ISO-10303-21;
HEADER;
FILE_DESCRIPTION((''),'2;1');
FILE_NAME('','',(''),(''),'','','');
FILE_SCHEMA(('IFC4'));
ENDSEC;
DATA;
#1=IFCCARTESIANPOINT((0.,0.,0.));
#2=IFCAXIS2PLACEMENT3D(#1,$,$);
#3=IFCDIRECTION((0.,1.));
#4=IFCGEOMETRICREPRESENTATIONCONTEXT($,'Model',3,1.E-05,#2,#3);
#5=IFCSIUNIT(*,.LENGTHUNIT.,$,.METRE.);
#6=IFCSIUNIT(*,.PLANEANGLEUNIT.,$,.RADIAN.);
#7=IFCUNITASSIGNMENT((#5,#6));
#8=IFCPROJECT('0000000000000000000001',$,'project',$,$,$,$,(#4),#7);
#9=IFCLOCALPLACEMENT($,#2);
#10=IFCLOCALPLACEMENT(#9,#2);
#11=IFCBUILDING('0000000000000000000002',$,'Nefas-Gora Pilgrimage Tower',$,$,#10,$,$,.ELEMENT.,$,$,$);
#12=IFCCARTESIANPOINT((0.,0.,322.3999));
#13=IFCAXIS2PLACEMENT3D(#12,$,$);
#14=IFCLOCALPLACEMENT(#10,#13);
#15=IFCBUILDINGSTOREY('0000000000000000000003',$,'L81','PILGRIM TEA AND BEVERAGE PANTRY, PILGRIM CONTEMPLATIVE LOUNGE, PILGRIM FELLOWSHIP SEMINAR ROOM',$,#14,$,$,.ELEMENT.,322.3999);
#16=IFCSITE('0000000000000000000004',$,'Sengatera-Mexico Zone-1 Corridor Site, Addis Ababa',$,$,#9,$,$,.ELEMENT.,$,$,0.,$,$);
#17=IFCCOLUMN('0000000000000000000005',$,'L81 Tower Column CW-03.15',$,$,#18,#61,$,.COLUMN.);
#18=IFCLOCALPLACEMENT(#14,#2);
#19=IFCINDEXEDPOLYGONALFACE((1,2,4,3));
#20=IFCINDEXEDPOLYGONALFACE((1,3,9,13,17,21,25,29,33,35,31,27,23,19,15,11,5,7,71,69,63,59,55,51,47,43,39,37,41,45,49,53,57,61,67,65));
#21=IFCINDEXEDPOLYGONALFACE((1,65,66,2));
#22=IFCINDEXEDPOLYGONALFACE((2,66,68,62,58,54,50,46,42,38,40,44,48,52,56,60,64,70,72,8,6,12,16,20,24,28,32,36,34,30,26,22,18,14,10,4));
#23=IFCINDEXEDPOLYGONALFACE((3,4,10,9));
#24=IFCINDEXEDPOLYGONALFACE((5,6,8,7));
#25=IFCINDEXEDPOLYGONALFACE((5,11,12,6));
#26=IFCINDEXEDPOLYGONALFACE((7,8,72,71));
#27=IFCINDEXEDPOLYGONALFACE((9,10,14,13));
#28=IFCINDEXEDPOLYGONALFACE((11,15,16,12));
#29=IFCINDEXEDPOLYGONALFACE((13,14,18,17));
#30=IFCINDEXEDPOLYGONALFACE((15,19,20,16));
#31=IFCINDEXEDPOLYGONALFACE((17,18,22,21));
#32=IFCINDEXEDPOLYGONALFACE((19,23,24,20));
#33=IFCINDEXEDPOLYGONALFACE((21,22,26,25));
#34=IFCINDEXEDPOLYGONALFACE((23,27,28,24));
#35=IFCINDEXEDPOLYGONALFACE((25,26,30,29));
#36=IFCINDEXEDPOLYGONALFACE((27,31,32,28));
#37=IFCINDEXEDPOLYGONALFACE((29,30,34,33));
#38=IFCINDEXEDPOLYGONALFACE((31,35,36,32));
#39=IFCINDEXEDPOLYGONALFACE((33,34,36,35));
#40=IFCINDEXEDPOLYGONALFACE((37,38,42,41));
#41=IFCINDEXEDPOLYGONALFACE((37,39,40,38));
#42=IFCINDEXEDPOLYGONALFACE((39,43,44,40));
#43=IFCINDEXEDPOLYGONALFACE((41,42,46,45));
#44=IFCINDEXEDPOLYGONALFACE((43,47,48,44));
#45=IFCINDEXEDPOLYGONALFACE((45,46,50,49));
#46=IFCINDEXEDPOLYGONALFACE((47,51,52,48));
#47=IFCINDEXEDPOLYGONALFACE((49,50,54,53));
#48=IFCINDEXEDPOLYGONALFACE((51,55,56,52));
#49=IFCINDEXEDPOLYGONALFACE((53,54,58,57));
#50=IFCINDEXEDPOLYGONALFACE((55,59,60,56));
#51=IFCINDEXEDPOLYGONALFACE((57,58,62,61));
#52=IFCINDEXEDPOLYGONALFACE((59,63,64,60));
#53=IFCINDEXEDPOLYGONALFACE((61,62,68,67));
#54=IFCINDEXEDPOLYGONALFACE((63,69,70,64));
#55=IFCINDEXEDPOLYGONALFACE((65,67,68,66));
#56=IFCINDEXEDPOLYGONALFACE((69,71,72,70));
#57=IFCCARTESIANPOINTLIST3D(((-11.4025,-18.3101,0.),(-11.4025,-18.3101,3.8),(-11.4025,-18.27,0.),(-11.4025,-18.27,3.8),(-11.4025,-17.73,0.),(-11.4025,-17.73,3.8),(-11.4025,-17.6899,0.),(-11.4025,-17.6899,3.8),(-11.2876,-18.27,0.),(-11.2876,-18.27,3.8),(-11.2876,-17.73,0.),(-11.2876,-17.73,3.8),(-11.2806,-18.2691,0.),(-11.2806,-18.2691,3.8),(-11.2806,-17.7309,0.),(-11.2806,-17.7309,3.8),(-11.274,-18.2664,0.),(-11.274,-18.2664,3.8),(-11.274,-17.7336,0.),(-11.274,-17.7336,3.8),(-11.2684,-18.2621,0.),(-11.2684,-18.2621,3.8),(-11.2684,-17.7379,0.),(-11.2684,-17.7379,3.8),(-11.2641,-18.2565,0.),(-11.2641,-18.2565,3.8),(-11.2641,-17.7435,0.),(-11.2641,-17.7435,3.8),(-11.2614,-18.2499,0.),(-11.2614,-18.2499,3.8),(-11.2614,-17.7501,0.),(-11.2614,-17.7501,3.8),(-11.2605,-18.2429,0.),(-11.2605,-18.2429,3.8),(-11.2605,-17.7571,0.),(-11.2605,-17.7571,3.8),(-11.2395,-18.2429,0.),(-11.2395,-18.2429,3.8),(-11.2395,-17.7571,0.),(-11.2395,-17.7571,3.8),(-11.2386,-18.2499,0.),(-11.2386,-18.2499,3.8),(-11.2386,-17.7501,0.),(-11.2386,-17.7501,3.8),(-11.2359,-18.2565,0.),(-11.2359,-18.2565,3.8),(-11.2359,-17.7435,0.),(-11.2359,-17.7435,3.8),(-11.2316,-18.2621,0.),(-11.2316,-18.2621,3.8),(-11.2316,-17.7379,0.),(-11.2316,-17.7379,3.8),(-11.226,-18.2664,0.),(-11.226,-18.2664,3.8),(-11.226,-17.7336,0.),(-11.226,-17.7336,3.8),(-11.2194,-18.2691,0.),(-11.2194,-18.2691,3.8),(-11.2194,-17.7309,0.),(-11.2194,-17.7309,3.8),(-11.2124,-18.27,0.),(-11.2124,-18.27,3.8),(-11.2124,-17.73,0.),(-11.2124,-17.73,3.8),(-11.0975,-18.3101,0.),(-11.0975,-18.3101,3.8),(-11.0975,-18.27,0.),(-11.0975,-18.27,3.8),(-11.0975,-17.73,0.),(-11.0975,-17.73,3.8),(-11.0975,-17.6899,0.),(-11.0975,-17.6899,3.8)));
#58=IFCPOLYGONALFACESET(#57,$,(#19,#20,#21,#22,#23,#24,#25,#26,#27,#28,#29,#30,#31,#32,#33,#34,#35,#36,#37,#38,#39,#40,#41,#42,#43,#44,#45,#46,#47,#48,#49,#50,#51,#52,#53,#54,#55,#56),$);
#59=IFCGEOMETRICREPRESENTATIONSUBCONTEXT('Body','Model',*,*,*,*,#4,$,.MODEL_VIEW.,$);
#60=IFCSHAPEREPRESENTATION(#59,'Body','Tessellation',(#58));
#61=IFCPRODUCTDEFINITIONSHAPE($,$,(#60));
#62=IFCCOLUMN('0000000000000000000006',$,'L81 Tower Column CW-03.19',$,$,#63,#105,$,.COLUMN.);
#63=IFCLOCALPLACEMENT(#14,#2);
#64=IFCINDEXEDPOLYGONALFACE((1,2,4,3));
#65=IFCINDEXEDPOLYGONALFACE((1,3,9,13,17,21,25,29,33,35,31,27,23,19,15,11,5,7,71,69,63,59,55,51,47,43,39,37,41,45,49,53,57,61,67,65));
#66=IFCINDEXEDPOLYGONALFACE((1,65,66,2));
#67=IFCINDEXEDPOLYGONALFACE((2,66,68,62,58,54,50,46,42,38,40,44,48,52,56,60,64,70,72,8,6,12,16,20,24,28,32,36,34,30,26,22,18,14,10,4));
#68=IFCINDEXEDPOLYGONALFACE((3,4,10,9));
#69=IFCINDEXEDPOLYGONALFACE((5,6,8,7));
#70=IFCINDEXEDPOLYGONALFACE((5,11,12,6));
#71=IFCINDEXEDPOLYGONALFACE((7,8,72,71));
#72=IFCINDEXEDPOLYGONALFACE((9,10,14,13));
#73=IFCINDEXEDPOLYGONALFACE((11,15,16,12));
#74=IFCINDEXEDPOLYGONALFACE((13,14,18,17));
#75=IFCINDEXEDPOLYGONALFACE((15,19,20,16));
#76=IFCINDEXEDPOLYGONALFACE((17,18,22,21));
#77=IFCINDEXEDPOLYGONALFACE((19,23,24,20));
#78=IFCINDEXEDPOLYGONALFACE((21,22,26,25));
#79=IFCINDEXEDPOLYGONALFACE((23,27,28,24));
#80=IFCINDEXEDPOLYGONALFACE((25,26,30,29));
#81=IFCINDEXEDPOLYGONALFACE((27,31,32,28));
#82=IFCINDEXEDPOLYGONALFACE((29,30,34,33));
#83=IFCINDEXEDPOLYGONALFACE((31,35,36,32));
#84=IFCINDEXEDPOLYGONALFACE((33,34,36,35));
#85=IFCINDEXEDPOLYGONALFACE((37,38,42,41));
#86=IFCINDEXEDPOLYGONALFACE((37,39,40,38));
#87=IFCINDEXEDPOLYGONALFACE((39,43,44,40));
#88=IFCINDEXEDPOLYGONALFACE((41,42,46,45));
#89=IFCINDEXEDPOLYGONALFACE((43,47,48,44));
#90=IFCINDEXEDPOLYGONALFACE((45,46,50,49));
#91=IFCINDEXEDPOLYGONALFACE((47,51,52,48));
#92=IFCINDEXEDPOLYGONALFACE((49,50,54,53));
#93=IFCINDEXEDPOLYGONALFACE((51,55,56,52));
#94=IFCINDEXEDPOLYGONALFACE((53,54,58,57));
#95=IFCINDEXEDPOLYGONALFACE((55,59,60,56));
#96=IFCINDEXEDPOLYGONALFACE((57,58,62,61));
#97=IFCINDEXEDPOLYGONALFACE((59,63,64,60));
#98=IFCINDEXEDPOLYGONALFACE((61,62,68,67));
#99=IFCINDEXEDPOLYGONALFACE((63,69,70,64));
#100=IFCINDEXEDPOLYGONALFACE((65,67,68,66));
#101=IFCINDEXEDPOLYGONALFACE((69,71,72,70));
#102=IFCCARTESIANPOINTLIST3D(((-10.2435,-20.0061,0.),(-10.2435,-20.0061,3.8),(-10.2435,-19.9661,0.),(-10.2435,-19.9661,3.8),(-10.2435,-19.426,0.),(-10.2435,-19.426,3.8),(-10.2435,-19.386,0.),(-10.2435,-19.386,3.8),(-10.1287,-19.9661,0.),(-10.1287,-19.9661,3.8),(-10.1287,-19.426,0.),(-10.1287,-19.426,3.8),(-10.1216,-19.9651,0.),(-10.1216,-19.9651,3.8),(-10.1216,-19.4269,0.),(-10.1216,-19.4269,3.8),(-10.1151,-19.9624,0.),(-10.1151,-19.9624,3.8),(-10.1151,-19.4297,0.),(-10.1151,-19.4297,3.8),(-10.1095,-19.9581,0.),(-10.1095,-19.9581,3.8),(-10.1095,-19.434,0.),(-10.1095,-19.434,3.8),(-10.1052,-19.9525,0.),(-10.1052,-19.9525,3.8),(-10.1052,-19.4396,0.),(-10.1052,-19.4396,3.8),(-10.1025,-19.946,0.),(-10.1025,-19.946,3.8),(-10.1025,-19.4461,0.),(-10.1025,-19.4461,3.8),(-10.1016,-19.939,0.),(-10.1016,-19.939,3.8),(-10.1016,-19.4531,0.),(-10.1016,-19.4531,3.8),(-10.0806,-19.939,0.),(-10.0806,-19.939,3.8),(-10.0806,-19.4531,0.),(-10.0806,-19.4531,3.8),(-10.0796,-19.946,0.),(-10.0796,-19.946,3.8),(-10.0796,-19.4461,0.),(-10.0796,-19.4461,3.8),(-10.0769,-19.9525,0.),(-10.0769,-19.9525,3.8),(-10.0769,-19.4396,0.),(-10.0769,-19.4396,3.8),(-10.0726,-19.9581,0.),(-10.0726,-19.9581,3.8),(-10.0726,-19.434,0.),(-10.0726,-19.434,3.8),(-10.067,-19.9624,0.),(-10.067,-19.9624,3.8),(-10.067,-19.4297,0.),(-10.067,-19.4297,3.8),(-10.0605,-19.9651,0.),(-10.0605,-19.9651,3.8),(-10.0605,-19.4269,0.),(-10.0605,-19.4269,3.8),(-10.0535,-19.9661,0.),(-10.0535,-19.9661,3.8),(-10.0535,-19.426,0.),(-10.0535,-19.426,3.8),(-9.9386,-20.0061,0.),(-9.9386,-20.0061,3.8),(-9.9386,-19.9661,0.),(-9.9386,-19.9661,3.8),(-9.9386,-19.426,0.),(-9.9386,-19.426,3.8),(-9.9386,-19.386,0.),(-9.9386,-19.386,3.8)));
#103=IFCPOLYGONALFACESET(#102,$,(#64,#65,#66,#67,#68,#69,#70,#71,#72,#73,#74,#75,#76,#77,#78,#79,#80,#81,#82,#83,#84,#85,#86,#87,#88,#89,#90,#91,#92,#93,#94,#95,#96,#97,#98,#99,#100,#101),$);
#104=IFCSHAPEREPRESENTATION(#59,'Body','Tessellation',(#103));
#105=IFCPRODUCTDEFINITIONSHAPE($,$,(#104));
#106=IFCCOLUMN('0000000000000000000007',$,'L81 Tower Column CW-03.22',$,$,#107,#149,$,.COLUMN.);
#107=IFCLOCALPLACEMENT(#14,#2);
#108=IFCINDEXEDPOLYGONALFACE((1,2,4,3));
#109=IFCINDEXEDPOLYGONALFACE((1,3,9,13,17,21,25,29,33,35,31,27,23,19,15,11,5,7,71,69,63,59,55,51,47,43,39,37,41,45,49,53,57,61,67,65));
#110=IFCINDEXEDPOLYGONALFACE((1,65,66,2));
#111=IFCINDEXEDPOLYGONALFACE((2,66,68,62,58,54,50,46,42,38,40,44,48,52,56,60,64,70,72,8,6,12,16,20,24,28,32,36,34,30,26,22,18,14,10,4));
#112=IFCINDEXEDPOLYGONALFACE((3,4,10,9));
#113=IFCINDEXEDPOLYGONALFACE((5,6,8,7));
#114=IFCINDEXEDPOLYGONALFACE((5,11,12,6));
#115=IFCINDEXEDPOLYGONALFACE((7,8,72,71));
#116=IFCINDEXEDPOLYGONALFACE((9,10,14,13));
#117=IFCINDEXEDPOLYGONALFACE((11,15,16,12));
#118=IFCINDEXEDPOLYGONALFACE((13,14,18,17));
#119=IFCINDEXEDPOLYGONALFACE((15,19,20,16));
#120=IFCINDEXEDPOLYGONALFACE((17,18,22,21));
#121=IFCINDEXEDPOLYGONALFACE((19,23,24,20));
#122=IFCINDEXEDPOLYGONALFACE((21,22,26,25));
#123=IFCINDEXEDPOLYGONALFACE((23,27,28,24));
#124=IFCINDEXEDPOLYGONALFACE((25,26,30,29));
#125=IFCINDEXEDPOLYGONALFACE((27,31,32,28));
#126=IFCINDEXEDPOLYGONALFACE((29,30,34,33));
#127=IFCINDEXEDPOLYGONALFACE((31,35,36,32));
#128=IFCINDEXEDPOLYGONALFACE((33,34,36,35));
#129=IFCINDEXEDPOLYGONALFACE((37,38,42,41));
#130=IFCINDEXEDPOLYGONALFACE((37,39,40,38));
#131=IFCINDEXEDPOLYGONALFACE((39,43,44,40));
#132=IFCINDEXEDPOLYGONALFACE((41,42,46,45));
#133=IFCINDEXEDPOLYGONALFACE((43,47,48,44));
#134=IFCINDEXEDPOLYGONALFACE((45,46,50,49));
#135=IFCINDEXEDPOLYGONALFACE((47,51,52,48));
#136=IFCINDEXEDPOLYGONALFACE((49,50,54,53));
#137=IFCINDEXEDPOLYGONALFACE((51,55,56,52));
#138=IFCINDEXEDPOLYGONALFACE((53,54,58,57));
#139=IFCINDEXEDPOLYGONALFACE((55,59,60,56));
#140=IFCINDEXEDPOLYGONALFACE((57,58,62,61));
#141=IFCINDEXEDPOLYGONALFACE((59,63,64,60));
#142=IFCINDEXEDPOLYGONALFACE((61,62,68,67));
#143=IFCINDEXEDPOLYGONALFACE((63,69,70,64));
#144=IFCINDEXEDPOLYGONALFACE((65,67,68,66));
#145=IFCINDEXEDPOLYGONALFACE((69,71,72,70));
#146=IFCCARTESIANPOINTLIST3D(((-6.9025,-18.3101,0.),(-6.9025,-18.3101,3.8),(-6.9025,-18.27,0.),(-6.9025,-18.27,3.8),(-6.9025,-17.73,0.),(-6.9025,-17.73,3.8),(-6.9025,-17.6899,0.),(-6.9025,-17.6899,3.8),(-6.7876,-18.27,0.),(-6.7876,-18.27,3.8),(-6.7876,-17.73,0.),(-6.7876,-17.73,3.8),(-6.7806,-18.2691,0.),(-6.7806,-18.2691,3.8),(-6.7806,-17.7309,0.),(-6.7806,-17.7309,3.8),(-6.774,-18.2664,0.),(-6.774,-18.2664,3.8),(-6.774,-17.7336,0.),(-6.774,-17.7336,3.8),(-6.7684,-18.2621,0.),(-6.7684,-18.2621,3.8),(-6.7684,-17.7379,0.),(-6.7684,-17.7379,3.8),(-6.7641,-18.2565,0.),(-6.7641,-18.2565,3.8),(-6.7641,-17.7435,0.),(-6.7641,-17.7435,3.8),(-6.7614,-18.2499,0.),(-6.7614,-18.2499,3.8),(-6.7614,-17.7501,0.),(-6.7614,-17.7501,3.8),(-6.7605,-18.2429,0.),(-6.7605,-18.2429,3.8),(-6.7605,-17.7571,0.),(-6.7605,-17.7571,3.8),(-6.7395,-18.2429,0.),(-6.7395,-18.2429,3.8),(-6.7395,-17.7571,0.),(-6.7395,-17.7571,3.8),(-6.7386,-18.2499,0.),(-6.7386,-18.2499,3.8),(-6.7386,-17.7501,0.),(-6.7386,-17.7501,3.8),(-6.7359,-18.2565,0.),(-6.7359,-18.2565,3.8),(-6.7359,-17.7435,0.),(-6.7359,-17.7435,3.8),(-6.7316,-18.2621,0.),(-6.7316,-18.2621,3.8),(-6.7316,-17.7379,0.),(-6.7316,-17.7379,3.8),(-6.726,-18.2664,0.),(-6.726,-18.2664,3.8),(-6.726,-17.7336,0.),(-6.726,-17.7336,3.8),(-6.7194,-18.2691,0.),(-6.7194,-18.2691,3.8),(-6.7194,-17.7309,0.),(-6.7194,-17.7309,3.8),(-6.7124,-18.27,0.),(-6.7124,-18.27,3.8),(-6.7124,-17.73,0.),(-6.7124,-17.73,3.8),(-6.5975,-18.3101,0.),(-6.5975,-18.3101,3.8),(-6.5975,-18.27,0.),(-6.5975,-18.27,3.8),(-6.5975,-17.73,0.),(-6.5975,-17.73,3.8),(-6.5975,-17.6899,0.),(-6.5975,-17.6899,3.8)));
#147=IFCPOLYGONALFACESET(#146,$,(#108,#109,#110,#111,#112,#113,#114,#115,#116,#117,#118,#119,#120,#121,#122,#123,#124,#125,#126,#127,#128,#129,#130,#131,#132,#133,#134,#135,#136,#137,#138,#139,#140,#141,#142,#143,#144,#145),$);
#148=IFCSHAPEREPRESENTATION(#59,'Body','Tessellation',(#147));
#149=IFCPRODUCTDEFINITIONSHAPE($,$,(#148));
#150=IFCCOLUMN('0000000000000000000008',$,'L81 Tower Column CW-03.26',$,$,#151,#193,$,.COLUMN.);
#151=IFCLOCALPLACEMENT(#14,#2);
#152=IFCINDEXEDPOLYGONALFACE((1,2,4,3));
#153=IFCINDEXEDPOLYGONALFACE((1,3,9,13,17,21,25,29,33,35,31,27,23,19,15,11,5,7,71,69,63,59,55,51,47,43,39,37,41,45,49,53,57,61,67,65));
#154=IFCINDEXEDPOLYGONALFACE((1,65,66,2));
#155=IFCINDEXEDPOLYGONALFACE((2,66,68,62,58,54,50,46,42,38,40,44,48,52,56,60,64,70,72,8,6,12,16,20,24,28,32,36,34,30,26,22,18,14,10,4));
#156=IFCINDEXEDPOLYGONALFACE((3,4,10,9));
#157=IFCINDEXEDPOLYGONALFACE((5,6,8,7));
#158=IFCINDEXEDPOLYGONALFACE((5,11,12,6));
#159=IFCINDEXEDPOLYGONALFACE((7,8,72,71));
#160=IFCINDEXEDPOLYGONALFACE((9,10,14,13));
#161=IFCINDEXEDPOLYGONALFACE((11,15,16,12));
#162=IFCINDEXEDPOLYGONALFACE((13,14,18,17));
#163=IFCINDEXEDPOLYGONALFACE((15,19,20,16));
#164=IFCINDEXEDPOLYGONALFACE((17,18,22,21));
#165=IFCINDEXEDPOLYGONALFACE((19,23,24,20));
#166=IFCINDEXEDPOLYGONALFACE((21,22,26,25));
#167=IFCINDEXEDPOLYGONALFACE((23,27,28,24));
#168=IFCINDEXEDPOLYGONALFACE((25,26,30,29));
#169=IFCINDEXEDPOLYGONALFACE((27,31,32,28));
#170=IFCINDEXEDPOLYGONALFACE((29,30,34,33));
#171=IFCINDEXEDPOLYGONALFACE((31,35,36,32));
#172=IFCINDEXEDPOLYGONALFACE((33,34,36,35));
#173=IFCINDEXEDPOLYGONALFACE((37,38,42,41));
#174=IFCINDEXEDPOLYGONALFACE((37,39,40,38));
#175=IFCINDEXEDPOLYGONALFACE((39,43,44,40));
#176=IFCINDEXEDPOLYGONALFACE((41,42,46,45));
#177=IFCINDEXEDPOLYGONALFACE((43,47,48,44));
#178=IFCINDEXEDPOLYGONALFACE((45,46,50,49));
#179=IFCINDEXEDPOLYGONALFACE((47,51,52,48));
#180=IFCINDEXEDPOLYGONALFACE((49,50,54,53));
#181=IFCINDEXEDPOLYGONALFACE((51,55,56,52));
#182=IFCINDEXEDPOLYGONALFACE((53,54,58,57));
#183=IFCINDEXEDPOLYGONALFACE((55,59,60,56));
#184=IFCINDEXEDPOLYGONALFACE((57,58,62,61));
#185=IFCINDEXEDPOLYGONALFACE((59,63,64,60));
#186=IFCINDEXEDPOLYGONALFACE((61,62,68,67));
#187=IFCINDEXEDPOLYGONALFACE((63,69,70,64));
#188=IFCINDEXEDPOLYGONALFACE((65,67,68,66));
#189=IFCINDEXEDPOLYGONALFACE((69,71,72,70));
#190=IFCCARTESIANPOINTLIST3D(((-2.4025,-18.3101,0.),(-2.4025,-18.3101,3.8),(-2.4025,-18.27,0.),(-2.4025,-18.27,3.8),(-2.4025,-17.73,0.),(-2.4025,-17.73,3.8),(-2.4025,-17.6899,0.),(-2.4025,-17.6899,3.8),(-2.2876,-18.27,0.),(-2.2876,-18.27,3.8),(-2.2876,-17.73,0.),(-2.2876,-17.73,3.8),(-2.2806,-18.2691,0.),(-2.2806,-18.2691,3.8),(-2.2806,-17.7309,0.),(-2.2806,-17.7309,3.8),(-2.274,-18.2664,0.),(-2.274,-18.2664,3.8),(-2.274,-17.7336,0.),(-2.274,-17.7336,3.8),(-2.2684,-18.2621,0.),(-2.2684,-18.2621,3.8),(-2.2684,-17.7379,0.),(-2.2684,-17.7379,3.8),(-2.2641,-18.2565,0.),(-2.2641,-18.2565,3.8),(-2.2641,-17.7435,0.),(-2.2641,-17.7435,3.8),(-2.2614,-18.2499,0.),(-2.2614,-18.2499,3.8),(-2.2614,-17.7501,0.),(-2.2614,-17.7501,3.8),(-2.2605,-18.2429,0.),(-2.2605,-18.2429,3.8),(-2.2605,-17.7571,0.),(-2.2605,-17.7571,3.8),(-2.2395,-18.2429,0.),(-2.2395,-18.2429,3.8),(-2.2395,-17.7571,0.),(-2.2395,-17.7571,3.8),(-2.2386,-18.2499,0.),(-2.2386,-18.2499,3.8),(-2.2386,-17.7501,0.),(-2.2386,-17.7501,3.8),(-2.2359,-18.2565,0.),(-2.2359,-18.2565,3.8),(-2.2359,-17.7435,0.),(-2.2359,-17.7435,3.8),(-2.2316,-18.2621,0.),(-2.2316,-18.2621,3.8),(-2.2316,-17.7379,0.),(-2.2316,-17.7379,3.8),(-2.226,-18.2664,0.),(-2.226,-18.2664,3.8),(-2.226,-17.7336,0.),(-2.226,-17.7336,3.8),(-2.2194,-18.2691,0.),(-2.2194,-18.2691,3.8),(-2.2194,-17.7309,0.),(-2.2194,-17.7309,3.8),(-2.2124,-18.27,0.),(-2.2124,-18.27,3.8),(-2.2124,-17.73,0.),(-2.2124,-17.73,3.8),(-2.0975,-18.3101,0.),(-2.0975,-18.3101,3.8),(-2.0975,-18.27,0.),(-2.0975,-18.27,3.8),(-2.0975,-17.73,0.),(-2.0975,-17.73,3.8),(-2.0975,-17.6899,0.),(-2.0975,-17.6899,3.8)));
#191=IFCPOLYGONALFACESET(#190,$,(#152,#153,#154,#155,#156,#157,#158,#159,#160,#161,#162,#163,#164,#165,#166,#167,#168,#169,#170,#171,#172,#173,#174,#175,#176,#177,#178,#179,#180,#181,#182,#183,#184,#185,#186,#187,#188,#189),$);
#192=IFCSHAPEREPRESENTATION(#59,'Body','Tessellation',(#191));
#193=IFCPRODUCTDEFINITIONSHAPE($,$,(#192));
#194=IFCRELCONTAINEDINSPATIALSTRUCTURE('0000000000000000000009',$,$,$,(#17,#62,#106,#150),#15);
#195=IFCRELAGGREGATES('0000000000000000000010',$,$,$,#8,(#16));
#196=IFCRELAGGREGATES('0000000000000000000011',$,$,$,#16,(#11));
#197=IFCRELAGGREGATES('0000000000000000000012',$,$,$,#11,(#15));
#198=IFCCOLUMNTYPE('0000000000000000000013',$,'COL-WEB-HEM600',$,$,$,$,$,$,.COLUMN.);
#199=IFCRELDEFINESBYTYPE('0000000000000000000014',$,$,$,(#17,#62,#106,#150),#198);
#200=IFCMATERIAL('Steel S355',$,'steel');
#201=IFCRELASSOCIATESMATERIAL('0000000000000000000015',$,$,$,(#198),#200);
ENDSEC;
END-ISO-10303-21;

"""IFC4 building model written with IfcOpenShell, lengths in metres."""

from ifc_helpers import new_model, si_unit, direction, frame, origin, origin_2d, place, context, subcontext, project, spatial, i_section, extrude, source, transform, mapped, material, material_profile, profile_set, type_object, element, save


model = new_model("IFC4")

# Units and contexts
model_context = context("Model", 3, precision=1e-05, world=origin(), true_north=direction((0.0, 1.0)))
body_context = subcontext(model_context, "Body", "Model", "MODEL_VIEW")
ifc_project = project(units=[si_unit("LENGTHUNIT", "METRE"), si_unit("PLANEANGLEUNIT", "RADIAN")], contexts=[model_context])

# Site, building, storey
site_placement = place(None, origin())
site = spatial("IfcSite", under=ifc_project, at=site_placement, Name="Sengatera-Mexico Zone-1 Corridor Site, Addis Ababa", CompositionType="ELEMENT", RefElevation=0.0)
building_placement = place(site_placement, origin())
building = spatial("IfcBuilding", under=site, at=building_placement, Name="Nefas-Gora Pilgrimage Tower", CompositionType="ELEMENT")
storey_placement = place(building_placement, frame((0.0, 0.0, 322.3999)))
storey = spatial("IfcBuildingStorey", under=building, at=storey_placement, Name="L81", Description="PILGRIM TEA AND BEVERAGE PANTRY, PILGRIM CONTEMPLATIVE LOUNGE, PILGRIM FELLOWSHIP SEMINAR ROOM", CompositionType="ELEMENT", Elevation=322.3999)

# Columns
ifc_material_1 = material(Name="Steel S355", Category="steel")
ifc_material_profile_1 = material_profile(ifc_material_1, i_section(OverallWidth=0.3049, OverallDepth=0.6201, WebThickness=0.021, FlangeThickness=0.04, FilletRadius=0.0271, at=origin_2d()), Name="HEM 600")
ifc_profile_set_1 = profile_set([ifc_material_profile_1], Name="Steel S355")
column_type_1 = type_object("IfcColumnType", Name="COL-WEB-HEM600", PredefinedType="COLUMN", material=ifc_profile_set_1)
shared_shape_1 = source(origin(), body_context, "Body", "SweptSolid", [
    extrude(i_section(OverallWidth=0.3049, OverallDepth=0.6201, WebThickness=0.021, FlangeThickness=0.04, FilletRadius=0.0271, at=origin_2d()), origin(), (0.0, 0.0, 1.0), 3.8),
])
for number, where, z_axis, x_axis, name in (
    (1, (-11.25, -18.0, 0.0), (0.0, 0.0, 1.0), (1.0, 0.0, 0.0), "L81 Tower Column CW-03.15"),
    (2, (-10.0911, -19.696, 0.0), (0.0, 0.0, 1.0), (1.0, 0.0, 0.0), "L81 Tower Column CW-03.19"),
    (3, (-6.75, -18.0, 0.0), (0.0, 0.0, 1.0), (1.0, 0.0, 0.0), "L81 Tower Column CW-03.22"),
    (4, (-2.25, -18.0, 0.0), (0.0, 0.0, 1.0), (1.0, 0.0, 0.0), "L81 Tower Column CW-03.26"),
):
    element("IfcColumn", number, at=place(storey_placement, frame(where, z_axis=z_axis, x_axis=x_axis)), inside=storey, type_object=column_type_1, Name=name, PredefinedType="COLUMN", context=body_context, shape_type="MappedRepresentation", body=[
        mapped(shared_shape_1, transform((0.0, 0.0, 0.0), x_axis=(1.0, 0.0, 0.0), y_axis=(0.0, 1.0, 0.0), z_axis=(0.0, 0.0, 1.0), scale=1.0)),
    ])

save(model, "model.ifc")
